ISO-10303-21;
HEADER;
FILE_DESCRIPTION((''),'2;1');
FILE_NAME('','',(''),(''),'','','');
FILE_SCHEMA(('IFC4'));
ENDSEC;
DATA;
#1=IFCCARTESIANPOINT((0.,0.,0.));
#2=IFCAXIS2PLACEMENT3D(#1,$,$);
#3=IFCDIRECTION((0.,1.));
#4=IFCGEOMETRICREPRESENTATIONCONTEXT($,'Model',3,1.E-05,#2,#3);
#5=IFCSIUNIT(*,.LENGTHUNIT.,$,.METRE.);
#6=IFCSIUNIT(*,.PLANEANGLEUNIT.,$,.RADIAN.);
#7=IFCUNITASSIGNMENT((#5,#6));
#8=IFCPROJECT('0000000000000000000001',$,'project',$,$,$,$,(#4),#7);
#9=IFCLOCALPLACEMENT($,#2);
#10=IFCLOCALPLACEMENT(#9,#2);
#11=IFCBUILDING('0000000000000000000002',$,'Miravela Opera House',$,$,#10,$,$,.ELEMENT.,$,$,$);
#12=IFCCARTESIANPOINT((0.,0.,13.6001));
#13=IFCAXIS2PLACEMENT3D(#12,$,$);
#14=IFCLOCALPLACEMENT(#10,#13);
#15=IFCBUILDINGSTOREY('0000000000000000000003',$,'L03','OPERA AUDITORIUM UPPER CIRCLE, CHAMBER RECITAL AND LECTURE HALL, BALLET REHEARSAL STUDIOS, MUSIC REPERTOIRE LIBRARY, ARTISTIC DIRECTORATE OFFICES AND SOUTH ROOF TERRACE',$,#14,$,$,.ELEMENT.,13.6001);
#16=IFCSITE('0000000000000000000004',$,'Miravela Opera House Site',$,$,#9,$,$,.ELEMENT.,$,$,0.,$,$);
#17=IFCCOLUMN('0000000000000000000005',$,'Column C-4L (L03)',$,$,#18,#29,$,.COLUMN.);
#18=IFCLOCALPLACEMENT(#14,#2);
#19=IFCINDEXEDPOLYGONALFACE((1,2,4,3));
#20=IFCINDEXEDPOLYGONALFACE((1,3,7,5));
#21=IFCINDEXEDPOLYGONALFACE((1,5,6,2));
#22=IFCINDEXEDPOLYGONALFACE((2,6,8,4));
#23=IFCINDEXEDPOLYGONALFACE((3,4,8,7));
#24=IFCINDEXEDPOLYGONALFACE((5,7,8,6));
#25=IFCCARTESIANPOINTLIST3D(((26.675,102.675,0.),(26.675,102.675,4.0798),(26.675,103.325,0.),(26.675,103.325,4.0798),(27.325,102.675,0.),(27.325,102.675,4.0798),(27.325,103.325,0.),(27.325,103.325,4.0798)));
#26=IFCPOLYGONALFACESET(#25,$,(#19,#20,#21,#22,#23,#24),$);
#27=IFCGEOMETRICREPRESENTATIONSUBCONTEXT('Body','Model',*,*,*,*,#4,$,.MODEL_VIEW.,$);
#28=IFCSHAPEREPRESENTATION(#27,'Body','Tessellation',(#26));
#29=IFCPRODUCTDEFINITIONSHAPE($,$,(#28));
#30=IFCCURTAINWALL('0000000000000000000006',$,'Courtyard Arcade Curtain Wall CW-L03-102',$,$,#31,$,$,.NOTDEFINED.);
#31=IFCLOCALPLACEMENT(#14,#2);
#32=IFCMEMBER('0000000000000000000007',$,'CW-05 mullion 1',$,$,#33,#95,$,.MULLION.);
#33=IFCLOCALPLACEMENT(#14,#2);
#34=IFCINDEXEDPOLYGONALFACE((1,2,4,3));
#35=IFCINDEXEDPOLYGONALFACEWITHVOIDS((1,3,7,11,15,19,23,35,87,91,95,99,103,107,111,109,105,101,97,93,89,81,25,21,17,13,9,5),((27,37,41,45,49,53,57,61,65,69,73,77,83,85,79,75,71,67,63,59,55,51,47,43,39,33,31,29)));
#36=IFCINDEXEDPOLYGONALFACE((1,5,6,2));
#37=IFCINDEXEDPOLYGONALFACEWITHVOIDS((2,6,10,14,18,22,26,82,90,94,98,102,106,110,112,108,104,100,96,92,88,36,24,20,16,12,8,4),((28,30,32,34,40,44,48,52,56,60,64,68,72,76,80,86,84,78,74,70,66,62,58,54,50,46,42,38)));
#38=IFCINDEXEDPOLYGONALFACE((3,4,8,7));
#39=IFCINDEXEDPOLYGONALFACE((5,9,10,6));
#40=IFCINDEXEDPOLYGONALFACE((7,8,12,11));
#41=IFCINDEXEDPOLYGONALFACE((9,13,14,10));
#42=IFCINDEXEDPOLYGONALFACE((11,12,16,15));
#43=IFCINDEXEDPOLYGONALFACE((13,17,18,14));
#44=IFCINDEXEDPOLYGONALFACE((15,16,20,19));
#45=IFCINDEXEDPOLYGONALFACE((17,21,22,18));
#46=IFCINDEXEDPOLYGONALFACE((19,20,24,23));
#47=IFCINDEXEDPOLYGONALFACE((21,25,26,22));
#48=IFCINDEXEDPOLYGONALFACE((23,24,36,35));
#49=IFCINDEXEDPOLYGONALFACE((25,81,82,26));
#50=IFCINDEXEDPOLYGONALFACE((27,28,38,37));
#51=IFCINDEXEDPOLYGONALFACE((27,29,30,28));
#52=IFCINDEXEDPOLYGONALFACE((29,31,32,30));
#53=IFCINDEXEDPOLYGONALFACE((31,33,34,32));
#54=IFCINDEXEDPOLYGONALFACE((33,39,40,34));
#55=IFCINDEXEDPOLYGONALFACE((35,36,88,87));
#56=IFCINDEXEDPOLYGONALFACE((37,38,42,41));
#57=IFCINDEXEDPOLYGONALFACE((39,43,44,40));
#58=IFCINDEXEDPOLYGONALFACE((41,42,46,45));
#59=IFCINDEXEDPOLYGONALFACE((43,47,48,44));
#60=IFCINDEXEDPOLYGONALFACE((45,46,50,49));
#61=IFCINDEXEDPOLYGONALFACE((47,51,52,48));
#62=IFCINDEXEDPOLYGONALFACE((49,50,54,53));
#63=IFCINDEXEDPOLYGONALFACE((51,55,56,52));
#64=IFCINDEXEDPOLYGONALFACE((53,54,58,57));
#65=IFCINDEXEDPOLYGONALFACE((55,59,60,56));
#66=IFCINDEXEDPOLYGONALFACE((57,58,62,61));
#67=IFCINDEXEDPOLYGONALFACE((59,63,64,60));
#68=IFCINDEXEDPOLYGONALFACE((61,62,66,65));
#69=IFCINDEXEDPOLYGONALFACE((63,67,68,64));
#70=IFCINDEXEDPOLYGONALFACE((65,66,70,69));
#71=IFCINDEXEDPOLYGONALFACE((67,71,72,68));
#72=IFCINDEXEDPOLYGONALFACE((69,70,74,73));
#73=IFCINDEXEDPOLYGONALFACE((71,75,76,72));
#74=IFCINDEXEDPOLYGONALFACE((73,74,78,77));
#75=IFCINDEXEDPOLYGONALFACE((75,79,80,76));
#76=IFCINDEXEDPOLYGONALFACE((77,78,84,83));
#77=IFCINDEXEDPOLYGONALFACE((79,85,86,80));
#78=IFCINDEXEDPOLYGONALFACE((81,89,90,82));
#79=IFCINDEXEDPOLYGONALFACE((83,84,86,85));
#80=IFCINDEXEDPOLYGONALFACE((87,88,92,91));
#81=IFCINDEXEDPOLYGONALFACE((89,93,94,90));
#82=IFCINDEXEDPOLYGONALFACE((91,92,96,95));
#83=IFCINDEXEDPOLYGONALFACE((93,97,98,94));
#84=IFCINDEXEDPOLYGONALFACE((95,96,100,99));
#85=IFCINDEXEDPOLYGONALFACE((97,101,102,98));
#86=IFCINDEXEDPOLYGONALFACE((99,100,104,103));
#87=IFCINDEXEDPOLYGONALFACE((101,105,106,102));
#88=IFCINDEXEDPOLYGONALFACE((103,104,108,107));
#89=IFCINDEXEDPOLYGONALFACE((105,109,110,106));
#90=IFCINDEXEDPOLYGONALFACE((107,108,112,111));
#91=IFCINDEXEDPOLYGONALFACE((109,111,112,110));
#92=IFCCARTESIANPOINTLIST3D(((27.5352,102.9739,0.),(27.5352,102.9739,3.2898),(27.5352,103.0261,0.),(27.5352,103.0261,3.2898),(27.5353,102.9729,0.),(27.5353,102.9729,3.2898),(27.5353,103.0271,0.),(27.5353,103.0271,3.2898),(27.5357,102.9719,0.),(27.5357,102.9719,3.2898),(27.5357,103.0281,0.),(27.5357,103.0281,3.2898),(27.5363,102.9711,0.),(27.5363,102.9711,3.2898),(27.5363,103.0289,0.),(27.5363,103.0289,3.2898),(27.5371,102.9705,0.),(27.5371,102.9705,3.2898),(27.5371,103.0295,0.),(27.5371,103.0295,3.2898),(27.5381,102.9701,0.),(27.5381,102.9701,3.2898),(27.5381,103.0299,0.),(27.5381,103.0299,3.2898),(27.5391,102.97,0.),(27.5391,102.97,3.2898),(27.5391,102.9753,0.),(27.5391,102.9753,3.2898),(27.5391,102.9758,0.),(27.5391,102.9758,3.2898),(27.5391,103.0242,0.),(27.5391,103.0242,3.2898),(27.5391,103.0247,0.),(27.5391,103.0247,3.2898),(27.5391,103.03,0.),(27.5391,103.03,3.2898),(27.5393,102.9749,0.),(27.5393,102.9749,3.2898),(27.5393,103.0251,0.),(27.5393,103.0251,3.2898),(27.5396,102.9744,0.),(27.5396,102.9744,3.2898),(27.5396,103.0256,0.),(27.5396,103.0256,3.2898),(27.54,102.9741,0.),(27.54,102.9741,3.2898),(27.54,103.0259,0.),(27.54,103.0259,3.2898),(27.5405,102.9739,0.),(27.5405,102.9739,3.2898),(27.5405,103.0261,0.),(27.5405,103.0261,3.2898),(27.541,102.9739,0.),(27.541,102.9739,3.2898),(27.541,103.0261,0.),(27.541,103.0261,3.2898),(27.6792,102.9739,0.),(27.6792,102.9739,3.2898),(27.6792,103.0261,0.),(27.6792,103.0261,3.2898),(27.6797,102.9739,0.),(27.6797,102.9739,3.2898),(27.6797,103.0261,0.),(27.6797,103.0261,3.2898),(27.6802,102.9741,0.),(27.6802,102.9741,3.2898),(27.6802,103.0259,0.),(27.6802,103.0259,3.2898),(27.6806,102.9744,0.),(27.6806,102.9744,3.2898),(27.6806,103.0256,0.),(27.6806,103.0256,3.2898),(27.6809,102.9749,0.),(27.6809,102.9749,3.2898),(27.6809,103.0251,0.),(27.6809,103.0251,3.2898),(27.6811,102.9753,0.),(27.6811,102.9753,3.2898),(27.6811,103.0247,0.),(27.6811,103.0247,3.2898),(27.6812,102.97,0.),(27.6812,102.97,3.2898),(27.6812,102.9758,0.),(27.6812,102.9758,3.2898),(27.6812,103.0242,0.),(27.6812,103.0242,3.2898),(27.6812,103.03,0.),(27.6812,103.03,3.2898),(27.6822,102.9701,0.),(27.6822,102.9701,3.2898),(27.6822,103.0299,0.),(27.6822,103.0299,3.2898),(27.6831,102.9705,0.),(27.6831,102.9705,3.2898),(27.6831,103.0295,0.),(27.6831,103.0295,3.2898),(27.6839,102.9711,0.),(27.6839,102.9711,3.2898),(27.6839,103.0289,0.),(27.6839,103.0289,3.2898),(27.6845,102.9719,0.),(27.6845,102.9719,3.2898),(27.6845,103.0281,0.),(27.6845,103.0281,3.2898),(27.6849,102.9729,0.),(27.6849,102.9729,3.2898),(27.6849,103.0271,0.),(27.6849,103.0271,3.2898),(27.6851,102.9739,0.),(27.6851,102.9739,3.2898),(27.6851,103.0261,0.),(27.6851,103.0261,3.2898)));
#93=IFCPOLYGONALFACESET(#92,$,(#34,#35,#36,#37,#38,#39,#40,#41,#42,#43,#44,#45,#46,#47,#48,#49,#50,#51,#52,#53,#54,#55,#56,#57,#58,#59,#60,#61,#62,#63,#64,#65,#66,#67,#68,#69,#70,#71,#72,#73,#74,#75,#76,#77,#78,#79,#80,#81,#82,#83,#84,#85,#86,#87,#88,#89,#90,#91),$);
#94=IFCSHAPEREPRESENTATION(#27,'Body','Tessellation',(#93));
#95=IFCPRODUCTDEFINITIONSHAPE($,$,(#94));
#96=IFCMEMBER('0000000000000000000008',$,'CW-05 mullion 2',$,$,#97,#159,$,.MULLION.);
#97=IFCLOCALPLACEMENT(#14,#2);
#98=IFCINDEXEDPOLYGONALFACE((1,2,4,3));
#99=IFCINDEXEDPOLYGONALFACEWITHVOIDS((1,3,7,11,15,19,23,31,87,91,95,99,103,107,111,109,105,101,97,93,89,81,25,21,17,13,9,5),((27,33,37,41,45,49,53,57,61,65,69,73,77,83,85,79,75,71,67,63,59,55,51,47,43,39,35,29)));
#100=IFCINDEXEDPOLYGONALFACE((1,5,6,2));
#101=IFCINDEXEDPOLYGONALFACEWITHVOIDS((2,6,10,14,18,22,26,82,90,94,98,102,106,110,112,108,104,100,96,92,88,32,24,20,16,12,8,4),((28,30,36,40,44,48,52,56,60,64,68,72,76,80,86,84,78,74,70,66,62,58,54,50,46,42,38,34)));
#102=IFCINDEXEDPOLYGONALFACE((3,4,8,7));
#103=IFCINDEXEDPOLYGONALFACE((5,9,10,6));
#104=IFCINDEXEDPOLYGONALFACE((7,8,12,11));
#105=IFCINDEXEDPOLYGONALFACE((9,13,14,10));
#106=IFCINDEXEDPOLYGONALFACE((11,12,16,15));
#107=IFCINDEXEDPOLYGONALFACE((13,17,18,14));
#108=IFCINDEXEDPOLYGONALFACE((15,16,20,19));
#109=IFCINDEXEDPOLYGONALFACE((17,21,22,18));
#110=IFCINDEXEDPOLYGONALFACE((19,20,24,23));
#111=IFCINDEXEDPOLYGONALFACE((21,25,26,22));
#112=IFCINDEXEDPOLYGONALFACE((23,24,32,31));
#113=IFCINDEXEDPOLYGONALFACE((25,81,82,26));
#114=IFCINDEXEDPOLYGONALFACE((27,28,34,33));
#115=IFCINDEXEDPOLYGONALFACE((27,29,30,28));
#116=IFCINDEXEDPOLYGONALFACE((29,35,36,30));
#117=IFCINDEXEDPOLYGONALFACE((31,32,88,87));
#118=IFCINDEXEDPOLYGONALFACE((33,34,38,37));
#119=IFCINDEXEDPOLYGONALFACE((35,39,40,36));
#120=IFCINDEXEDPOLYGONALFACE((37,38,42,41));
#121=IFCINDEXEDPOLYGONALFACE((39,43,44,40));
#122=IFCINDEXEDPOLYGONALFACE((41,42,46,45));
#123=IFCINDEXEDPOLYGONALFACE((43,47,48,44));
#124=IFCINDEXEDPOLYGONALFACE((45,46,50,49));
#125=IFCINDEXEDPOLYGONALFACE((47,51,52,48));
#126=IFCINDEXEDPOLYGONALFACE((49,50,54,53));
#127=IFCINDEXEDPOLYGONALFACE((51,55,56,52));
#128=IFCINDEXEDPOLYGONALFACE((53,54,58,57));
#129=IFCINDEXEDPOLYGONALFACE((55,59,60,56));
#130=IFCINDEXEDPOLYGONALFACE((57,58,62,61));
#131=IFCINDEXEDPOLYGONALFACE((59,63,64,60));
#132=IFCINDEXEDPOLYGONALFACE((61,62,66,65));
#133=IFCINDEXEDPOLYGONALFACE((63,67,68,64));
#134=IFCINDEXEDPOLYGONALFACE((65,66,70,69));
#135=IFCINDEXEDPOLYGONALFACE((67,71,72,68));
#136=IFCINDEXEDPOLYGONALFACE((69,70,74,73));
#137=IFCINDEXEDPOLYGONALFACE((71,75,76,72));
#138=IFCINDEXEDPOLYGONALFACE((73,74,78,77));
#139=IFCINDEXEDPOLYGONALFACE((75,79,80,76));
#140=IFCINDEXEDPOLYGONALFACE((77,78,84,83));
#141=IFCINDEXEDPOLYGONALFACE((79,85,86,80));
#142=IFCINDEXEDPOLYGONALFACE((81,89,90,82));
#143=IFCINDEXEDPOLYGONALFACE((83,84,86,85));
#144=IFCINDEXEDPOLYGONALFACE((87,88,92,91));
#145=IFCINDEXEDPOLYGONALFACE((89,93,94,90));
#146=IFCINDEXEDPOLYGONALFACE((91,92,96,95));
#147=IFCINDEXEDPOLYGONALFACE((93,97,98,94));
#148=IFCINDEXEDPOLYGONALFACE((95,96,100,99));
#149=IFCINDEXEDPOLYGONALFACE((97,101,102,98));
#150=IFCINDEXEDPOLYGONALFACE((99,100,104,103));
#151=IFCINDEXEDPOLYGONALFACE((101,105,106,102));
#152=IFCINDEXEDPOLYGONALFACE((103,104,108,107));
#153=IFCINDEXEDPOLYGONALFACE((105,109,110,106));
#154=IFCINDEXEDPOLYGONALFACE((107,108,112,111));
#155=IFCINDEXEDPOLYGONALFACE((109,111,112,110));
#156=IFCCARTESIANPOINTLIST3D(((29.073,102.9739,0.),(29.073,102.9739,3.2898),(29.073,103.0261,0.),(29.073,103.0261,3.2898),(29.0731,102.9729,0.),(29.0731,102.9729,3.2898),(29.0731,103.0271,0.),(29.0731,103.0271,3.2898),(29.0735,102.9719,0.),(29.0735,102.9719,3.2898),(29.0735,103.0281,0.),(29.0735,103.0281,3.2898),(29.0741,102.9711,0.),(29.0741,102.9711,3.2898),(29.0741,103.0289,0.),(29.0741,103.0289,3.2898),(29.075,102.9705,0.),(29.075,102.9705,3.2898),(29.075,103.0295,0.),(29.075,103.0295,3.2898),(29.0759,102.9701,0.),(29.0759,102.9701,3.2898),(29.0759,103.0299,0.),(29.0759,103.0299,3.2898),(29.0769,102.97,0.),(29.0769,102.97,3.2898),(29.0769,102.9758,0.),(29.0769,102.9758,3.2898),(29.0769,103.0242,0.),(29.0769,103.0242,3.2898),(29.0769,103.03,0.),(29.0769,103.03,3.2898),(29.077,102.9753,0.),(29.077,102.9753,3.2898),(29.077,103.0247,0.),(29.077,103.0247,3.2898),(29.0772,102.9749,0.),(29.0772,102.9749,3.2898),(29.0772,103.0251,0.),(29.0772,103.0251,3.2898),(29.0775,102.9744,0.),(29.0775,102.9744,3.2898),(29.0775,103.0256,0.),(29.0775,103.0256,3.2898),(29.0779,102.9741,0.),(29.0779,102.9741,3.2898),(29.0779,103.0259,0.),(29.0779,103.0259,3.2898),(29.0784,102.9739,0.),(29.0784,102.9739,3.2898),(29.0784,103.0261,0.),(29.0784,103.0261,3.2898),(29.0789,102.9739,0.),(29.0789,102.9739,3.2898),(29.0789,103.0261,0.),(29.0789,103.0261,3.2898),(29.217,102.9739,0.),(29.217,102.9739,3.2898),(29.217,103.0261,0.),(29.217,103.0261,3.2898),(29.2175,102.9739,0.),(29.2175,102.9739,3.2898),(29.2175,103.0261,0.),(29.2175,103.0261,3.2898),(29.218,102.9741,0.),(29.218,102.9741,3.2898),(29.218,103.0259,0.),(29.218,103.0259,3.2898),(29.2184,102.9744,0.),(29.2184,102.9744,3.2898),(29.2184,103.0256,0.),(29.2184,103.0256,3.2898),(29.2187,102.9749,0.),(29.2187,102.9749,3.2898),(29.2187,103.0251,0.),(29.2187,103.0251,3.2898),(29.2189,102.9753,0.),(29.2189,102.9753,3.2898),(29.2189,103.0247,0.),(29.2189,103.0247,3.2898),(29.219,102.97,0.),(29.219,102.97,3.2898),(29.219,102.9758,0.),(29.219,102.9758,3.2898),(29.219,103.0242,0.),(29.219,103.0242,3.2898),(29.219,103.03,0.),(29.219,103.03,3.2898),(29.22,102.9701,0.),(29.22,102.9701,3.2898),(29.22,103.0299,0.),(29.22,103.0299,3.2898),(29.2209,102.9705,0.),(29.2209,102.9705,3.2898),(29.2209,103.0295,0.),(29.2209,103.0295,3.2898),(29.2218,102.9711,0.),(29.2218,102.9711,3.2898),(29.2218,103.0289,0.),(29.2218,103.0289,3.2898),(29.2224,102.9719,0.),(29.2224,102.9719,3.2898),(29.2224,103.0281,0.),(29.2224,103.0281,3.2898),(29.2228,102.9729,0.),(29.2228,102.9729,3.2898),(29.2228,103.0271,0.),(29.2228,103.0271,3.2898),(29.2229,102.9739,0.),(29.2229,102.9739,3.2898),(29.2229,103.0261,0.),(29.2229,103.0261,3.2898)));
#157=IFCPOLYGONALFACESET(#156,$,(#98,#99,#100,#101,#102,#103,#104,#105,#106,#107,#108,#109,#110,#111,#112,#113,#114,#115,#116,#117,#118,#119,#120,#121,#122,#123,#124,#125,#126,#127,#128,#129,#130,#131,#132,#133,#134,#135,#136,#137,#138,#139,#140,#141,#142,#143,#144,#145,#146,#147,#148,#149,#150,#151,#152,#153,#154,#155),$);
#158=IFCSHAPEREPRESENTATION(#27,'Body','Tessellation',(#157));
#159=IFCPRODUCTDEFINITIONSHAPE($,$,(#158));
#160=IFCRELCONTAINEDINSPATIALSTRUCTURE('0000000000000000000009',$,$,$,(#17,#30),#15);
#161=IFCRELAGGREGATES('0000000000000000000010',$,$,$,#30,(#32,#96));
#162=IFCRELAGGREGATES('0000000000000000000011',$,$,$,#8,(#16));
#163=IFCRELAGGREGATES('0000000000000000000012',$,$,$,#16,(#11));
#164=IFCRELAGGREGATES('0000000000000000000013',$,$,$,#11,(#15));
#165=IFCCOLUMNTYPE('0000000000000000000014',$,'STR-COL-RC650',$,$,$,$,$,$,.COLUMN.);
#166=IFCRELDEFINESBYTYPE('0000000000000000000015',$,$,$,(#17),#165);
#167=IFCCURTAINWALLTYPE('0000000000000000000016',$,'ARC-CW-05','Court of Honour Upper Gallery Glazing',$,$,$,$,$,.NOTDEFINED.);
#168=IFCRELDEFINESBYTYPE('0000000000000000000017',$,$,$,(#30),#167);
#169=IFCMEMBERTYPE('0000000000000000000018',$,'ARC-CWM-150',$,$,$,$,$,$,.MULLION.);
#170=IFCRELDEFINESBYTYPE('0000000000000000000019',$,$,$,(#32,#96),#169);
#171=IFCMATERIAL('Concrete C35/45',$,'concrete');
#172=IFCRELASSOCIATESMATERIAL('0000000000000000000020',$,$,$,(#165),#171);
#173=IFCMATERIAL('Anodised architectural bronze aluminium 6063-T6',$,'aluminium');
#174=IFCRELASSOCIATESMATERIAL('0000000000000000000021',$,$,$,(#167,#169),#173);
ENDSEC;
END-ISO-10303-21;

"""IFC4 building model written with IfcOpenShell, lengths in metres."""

from ifc_helpers import new_model, si_unit, direction, frame, origin, origin_2d, place, context, subcontext, project, spatial, rectangle, hollow_rectangle, extrude, material, material_profile, profile_set, type_object, element, aggregate, save


model = new_model("IFC4")

# Units and contexts
model_context = context("Model", 3, precision=1e-05, world=origin(), true_north=direction((0.0, 1.0)))
body_context = subcontext(model_context, "Body", "Model", "MODEL_VIEW")
ifc_project = project(units=[si_unit("LENGTHUNIT", "METRE"), si_unit("PLANEANGLEUNIT", "RADIAN")], contexts=[model_context])

# Site, building, storey
site_placement = place(None, origin())
site = spatial("IfcSite", under=ifc_project, at=site_placement, Name="Miravela Opera House Site", CompositionType="ELEMENT", RefElevation=0.0)
building_placement = place(site_placement, origin())
building = spatial("IfcBuilding", under=site, at=building_placement, Name="Miravela Opera House", CompositionType="ELEMENT")
storey_placement = place(building_placement, frame((0.0, 0.0, 13.6001)))
storey = spatial("IfcBuildingStorey", under=building, at=storey_placement, Name="L03", Description="OPERA AUDITORIUM UPPER CIRCLE, CHAMBER RECITAL AND LECTURE HALL, BALLET REHEARSAL STUDIOS, MUSIC REPERTOIRE LIBRARY, ARTISTIC DIRECTORATE OFFICES AND SOUTH ROOF TERRACE", CompositionType="ELEMENT", Elevation=13.6001)

# Column
ifc_material_1 = material(Name="Concrete C35/45", Category="concrete")
ifc_material_profile_1 = material_profile(ifc_material_1, rectangle(XDim=0.6499, YDim=0.6499, at=origin_2d()), Name="RC-COL-650X650")
ifc_profile_set_1 = profile_set([ifc_material_profile_1])
column_type = type_object("IfcColumnType", Name="STR-COL-RC650", PredefinedType="COLUMN", material=ifc_profile_set_1)
column_placement = place(storey_placement, frame((27.0, 103.0, 0.0), z_axis=(0.0, 0.0, 1.0), x_axis=(1.0, 0.0, 0.0)))
element("IfcColumn", 1, at=column_placement, inside=storey, type_object=column_type, Name="Column C-4L (L03)", PredefinedType="COLUMN", context=body_context, shape_type="SweptSolid", body=[
    extrude(rectangle(XDim=0.6499, YDim=0.6499, at=origin_2d()), origin(), (0.0, 0.0, 1.0), 4.0798),
])

# Curtain wall, members
ifc_material_2 = material(Name="Anodised architectural bronze aluminium 6063-T6", Category="aluminium")
curtain_wall_type = type_object("IfcCurtainWallType", Name="ARC-CW-05", Description="Court of Honour Upper Gallery Glazing", PredefinedType="NOTDEFINED", material=ifc_material_2)
curtain_wall_1_placement = place(storey_placement, origin())
curtain_wall_1 = element("IfcCurtainWall", 2, at=curtain_wall_1_placement, inside=storey, type_object=curtain_wall_type, Name="Courtyard Arcade Curtain Wall CW-L03-102", PredefinedType="NOTDEFINED")
ifc_material_profile_2 = material_profile(ifc_material_2, hollow_rectangle(XDim=0.0601, YDim=0.1499, WallThickness=0.0039, InnerFilletRadius=0.002, OuterFilletRadius=0.0039, at=origin_2d()), Name="CWM-60X150")
ifc_profile_set_2 = profile_set([ifc_material_profile_2])
member_type_1 = type_object("IfcMemberType", Name="ARC-CWM-150", PredefinedType="MULLION", material=ifc_profile_set_2)
member_1_placement = place(storey_placement, frame((27.6101, 103.0, 0.0), z_axis=(0.0, 0.0, 1.0), x_axis=(0.0, 1.0, 0.0)))
member_1 = element("IfcMember", 3, at=member_1_placement, type_object=member_type_1, Name="CW-05 mullion 1", PredefinedType="MULLION", context=body_context, shape_type="SweptSolid", body=[
    extrude(hollow_rectangle(XDim=0.0601, YDim=0.1499, WallThickness=0.0039, InnerFilletRadius=0.002, OuterFilletRadius=0.0039, at=origin_2d()), origin(), (0.0, 0.0, 1.0), 3.2898),
])
member_2_placement = place(storey_placement, frame((29.1479, 103.0, 0.0), z_axis=(0.0, 0.0, 1.0), x_axis=(0.0, 1.0, 0.0)))
member_2 = element("IfcMember", 4, at=member_2_placement, type_object=member_type_1, Name="CW-05 mullion 2", PredefinedType="MULLION", context=body_context, shape_type="SweptSolid", body=[
    extrude(hollow_rectangle(XDim=0.0601, YDim=0.1499, WallThickness=0.0039, InnerFilletRadius=0.002, OuterFilletRadius=0.0039, at=origin_2d()), origin(), (0.0, 0.0, 1.0), 3.2898),
])

aggregate(curtain_wall_1, [member_1, member_2])

save(model, "model.ifc")
